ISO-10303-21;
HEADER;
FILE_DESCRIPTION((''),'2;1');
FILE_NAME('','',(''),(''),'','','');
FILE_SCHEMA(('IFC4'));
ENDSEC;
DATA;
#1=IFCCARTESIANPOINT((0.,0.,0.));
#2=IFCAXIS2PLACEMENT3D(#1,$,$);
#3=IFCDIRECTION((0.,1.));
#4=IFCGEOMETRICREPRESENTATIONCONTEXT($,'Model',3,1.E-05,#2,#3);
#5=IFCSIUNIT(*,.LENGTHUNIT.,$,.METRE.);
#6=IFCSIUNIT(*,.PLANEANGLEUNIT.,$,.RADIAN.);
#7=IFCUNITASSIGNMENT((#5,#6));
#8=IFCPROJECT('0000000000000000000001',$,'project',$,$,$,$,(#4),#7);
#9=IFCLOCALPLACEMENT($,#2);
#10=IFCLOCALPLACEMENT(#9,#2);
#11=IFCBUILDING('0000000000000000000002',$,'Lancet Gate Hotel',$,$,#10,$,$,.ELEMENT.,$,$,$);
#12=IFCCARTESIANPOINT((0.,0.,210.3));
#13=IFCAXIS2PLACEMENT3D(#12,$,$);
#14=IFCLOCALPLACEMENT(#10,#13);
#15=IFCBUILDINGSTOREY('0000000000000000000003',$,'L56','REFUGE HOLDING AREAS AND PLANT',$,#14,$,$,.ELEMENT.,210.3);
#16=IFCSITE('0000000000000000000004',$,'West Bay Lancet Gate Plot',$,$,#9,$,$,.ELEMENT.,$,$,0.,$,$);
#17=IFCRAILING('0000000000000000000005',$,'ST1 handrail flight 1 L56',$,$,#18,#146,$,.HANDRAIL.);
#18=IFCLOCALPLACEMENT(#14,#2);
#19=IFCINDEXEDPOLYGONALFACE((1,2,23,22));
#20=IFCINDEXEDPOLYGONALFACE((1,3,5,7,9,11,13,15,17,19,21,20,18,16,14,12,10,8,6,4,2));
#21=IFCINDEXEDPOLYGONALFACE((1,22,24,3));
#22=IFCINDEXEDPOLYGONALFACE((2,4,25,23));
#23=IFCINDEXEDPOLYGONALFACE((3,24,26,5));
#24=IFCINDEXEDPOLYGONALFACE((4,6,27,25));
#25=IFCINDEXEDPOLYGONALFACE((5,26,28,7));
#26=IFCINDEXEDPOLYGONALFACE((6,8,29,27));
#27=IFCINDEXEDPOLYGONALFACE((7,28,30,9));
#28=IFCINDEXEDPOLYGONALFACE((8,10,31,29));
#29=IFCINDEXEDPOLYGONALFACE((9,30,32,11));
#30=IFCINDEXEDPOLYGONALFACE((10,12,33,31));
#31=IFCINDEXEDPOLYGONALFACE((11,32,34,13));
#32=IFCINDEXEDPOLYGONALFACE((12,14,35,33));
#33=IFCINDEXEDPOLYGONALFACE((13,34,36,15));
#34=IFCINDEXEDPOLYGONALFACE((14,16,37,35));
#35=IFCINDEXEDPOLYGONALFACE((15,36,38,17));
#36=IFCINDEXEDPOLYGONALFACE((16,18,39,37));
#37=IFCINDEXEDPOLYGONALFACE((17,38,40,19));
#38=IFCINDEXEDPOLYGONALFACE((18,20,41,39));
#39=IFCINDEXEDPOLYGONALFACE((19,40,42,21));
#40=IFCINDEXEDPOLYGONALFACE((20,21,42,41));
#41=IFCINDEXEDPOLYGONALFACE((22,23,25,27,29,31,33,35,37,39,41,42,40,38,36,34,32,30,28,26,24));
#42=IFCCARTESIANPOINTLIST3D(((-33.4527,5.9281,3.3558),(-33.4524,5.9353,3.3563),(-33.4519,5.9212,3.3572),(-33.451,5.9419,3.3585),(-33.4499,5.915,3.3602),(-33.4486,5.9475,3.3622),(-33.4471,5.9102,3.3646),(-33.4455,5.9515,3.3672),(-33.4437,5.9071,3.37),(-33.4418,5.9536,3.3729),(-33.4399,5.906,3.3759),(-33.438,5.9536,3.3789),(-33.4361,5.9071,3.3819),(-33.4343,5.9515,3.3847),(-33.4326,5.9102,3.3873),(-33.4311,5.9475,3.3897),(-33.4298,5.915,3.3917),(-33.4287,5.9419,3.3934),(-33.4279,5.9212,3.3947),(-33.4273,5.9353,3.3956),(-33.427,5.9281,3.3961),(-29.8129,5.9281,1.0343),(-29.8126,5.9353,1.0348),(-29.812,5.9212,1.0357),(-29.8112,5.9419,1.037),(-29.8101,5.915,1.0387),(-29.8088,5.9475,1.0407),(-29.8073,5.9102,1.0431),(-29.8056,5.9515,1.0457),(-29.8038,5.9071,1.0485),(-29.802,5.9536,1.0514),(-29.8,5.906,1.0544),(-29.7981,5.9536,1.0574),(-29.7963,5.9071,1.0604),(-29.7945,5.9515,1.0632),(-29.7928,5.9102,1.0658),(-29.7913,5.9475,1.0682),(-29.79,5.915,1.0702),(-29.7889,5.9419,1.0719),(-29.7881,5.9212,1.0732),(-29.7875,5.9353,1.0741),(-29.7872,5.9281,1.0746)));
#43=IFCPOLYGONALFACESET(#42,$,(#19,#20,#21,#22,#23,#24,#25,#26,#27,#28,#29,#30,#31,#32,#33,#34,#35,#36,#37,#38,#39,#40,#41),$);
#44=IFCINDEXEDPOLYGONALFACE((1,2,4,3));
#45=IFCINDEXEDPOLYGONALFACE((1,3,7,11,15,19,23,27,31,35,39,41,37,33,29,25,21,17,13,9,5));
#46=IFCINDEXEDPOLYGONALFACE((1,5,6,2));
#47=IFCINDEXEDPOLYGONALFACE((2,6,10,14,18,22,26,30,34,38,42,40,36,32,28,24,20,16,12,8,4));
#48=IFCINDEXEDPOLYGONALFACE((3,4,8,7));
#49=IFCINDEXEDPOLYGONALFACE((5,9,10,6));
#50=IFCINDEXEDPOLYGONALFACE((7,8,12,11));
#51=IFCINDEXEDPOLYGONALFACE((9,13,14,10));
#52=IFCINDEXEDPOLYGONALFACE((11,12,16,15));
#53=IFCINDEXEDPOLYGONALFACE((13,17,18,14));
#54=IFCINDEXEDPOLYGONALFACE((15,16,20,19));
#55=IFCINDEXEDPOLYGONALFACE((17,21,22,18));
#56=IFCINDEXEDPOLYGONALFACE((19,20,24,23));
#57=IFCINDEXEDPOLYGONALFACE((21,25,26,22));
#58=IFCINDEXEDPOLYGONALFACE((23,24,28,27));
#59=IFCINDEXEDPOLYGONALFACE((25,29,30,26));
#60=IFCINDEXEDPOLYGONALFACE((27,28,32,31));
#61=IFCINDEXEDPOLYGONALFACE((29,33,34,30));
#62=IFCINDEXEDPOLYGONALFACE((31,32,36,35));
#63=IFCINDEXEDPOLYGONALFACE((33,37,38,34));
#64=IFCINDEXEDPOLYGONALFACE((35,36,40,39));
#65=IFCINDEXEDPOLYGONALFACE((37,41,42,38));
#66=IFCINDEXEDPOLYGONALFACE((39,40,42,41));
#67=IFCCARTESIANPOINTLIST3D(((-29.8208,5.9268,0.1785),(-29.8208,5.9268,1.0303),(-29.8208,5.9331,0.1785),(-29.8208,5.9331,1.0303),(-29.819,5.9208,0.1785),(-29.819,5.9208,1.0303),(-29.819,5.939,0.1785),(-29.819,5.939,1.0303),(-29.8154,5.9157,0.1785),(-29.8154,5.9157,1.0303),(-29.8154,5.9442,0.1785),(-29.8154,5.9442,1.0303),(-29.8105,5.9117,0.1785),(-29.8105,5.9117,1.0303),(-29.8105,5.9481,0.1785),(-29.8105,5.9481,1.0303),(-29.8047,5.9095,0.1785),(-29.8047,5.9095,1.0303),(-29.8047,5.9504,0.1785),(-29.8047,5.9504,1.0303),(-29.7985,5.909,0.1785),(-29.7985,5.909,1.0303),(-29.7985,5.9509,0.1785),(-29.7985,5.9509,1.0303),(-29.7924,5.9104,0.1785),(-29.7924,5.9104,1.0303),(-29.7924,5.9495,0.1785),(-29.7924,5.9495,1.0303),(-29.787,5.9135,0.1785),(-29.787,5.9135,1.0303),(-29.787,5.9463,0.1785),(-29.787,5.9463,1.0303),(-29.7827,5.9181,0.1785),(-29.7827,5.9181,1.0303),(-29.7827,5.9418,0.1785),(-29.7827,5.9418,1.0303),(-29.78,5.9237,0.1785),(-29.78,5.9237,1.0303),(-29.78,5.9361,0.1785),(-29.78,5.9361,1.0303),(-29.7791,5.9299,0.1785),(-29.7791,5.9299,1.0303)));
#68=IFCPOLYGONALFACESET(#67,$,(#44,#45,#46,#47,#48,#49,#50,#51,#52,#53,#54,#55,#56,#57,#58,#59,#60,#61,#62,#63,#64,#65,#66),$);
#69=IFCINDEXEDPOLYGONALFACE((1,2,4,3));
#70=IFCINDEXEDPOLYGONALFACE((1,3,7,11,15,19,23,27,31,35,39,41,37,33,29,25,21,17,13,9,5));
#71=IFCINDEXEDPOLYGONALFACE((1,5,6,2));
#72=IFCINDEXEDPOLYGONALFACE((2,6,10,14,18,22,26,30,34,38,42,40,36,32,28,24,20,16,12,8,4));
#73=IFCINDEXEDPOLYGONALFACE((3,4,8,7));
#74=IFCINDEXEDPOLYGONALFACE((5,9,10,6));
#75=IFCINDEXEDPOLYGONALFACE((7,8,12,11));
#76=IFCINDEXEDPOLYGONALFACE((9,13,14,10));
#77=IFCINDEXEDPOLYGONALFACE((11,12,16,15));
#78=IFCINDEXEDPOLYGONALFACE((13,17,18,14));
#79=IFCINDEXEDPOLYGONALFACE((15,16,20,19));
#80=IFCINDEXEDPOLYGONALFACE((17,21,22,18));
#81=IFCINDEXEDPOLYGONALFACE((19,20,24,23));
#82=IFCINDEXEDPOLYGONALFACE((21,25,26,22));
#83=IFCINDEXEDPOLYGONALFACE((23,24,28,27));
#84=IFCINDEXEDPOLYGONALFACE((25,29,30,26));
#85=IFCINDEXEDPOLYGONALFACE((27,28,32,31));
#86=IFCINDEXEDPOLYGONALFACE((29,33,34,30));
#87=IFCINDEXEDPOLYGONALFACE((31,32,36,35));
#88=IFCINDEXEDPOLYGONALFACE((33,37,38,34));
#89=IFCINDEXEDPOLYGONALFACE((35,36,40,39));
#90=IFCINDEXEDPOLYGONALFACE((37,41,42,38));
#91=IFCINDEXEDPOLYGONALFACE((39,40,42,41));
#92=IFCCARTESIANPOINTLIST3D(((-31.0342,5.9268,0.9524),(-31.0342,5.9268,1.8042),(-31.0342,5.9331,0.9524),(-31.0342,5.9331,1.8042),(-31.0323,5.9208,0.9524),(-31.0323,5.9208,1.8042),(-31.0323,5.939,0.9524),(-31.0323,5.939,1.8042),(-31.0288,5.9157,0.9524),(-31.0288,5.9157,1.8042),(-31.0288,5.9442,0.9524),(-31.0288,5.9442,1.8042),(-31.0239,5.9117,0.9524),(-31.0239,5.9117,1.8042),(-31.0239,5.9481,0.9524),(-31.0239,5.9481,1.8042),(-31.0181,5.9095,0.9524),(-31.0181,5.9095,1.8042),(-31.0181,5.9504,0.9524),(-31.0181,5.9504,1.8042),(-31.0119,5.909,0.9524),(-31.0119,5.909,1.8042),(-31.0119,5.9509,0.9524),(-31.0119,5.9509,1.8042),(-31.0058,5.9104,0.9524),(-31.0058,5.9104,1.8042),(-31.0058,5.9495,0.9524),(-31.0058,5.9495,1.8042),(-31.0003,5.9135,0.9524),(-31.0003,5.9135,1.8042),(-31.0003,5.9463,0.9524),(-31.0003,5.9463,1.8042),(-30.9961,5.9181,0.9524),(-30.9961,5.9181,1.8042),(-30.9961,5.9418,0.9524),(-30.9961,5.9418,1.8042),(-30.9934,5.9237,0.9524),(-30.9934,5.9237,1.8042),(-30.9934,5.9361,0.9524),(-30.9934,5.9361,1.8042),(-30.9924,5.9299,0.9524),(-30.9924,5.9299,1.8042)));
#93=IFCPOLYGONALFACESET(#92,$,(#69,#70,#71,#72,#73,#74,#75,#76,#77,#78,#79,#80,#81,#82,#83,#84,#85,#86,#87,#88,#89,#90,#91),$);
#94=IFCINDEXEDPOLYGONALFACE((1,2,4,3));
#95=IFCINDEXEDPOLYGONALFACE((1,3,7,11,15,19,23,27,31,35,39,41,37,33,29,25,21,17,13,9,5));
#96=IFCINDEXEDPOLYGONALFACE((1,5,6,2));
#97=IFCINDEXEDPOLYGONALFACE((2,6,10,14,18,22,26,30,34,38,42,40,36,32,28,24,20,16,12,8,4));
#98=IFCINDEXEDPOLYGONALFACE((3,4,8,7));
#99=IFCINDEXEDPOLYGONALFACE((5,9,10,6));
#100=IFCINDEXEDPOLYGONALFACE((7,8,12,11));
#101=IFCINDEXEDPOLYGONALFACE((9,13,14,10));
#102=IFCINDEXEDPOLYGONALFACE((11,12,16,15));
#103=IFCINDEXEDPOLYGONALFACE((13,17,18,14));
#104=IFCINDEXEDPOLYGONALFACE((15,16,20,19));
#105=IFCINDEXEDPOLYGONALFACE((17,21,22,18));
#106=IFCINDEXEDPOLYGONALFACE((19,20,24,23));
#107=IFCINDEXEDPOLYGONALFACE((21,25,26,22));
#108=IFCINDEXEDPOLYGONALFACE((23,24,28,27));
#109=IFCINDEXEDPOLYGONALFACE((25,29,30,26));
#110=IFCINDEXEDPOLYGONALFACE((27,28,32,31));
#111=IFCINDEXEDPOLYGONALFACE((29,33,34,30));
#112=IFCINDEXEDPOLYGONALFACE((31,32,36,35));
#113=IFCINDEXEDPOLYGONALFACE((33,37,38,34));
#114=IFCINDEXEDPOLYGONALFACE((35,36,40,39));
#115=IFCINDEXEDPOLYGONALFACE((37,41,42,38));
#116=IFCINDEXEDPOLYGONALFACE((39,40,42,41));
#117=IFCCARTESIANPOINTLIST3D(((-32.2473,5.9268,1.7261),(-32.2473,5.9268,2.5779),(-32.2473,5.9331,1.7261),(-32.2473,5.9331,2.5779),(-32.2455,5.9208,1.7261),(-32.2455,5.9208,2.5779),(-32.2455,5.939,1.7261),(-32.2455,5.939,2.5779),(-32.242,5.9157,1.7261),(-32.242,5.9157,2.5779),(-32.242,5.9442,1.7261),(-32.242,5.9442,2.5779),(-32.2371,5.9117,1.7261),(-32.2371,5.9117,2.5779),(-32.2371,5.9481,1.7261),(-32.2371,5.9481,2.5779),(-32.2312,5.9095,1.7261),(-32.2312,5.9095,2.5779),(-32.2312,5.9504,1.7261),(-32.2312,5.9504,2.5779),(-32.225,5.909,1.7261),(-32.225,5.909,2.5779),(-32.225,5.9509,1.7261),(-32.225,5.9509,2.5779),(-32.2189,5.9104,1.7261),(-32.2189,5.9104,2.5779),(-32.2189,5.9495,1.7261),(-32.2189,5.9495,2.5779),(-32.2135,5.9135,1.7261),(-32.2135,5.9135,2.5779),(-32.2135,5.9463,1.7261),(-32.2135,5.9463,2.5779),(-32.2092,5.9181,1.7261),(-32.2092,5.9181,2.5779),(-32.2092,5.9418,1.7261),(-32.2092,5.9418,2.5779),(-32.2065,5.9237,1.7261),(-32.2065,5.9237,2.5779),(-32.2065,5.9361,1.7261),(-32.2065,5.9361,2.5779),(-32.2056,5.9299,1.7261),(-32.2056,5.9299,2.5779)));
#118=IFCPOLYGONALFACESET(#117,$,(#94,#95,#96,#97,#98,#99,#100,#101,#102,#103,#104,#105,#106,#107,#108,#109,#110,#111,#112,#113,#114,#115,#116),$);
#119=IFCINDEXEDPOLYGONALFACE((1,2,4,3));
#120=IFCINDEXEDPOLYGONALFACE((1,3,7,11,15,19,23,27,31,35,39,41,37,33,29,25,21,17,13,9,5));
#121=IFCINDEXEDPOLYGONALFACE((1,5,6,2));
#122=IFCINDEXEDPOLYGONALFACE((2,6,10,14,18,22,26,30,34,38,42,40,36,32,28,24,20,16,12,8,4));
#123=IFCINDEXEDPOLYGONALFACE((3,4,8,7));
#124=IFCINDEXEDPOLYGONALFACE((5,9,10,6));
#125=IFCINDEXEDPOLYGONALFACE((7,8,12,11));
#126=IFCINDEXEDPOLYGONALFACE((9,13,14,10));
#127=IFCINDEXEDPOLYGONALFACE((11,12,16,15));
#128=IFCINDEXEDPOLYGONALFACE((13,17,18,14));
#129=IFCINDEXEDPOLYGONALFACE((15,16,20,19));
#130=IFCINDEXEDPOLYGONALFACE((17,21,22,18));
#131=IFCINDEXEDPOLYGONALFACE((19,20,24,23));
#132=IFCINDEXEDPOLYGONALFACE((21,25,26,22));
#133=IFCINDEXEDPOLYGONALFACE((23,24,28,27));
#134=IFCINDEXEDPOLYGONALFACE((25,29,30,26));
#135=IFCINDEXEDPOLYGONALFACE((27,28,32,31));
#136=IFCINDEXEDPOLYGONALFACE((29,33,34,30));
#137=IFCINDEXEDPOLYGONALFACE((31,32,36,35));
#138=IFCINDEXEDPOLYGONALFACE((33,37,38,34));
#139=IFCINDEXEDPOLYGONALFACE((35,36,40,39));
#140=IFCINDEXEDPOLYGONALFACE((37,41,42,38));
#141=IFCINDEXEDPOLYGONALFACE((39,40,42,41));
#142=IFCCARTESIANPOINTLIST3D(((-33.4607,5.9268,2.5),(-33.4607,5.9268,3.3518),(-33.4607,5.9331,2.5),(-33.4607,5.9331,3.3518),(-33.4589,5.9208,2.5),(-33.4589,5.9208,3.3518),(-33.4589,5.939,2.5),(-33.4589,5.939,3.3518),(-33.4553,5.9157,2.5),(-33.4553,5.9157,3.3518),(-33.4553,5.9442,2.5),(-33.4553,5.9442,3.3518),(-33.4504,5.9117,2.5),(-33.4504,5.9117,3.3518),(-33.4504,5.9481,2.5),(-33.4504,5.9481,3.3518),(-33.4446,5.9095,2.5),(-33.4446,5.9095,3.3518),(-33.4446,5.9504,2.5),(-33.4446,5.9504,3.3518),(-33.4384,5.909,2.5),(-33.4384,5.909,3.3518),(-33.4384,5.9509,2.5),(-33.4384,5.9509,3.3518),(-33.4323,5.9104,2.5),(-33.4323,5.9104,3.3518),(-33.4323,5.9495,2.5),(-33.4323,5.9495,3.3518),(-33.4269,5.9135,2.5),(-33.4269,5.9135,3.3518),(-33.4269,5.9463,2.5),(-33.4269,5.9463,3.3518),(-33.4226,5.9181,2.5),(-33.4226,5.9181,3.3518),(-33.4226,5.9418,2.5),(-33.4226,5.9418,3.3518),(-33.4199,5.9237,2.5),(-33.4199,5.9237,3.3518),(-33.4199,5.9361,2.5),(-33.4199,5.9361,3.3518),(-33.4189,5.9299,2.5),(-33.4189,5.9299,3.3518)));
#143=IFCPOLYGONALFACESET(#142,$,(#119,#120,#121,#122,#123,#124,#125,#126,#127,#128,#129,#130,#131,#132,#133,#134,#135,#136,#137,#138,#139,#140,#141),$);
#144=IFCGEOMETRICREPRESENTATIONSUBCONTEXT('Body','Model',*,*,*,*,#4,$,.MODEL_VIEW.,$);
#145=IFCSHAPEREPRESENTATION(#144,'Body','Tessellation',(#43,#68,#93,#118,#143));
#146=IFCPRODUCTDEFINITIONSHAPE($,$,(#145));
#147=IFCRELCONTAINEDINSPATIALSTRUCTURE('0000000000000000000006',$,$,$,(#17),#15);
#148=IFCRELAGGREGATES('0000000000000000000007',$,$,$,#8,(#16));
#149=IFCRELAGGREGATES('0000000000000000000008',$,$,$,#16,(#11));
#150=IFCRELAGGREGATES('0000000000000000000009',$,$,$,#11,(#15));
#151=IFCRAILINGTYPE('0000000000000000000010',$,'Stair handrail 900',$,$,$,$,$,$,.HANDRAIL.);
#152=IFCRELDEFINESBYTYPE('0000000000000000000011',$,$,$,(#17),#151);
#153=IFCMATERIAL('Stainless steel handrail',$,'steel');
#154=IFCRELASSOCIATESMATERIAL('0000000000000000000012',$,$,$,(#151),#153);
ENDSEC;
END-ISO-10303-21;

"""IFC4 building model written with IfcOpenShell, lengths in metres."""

from ifc_helpers import new_model, si_unit, direction, frame, origin, origin_2d, place, context, subcontext, project, spatial, circle, extrude, material, type_object, element, save


model = new_model("IFC4")

# Units and contexts
model_context = context("Model", 3, precision=1e-05, world=origin(), true_north=direction((0.0, 1.0)))
body_context = subcontext(model_context, "Body", "Model", "MODEL_VIEW")
ifc_project = project(units=[si_unit("LENGTHUNIT", "METRE"), si_unit("PLANEANGLEUNIT", "RADIAN")], contexts=[model_context])

# Site, building, storey
site_placement = place(None, origin())
site = spatial("IfcSite", under=ifc_project, at=site_placement, Name="West Bay Lancet Gate Plot", CompositionType="ELEMENT", RefElevation=0.0)
building_placement = place(site_placement, origin())
building = spatial("IfcBuilding", under=site, at=building_placement, Name="Lancet Gate Hotel", CompositionType="ELEMENT")
storey_placement = place(building_placement, frame((0.0, 0.0, 210.3)))
storey = spatial("IfcBuildingStorey", under=building, at=storey_placement, Name="L56", Description="REFUGE HOLDING AREAS AND PLANT", CompositionType="ELEMENT", Elevation=210.3)

# Railing
ifc_material_1 = material(Name="Stainless steel handrail", Category="steel")
railing_type = type_object("IfcRailingType", Name="Stair handrail 900", PredefinedType="HANDRAIL", material=ifc_material_1)
railing_1_placement = place(storey_placement, frame((-29.8, 5.9299, 0.1785)))
element("IfcRailing", 1, at=railing_1_placement, inside=storey, type_object=railing_type, Name="ST1 handrail flight 1 L56", PredefinedType="HANDRAIL", context=body_context, shape_type="SweptSolid", body=[
    extrude(circle(Radius=0.0239, at=origin_2d()), frame((0.0, 0.0, 0.876), z_axis=(-0.843112, 0.0, 0.537739), x_axis=(0.0, -1.0, 0.0)), (0.0, 0.0, 1.0), 4.3171),
    extrude(circle(Radius=0.021, at=origin_2d()), origin(), (0.0, 0.0, 1.0), 0.8518),
    extrude(circle(Radius=0.021, at=origin_2d()), frame((-1.2134, 0.0, 0.7739)), (0.0, 0.0, 1.0), 0.8518),
    extrude(circle(Radius=0.021, at=origin_2d()), frame((-2.4265, 0.0, 1.5476)), (0.0, 0.0, 1.0), 0.8518),
    extrude(circle(Radius=0.021, at=origin_2d()), frame((-3.6399, 0.0, 2.3215)), (0.0, 0.0, 1.0), 0.8518),
])

save(model, "model.ifc")
